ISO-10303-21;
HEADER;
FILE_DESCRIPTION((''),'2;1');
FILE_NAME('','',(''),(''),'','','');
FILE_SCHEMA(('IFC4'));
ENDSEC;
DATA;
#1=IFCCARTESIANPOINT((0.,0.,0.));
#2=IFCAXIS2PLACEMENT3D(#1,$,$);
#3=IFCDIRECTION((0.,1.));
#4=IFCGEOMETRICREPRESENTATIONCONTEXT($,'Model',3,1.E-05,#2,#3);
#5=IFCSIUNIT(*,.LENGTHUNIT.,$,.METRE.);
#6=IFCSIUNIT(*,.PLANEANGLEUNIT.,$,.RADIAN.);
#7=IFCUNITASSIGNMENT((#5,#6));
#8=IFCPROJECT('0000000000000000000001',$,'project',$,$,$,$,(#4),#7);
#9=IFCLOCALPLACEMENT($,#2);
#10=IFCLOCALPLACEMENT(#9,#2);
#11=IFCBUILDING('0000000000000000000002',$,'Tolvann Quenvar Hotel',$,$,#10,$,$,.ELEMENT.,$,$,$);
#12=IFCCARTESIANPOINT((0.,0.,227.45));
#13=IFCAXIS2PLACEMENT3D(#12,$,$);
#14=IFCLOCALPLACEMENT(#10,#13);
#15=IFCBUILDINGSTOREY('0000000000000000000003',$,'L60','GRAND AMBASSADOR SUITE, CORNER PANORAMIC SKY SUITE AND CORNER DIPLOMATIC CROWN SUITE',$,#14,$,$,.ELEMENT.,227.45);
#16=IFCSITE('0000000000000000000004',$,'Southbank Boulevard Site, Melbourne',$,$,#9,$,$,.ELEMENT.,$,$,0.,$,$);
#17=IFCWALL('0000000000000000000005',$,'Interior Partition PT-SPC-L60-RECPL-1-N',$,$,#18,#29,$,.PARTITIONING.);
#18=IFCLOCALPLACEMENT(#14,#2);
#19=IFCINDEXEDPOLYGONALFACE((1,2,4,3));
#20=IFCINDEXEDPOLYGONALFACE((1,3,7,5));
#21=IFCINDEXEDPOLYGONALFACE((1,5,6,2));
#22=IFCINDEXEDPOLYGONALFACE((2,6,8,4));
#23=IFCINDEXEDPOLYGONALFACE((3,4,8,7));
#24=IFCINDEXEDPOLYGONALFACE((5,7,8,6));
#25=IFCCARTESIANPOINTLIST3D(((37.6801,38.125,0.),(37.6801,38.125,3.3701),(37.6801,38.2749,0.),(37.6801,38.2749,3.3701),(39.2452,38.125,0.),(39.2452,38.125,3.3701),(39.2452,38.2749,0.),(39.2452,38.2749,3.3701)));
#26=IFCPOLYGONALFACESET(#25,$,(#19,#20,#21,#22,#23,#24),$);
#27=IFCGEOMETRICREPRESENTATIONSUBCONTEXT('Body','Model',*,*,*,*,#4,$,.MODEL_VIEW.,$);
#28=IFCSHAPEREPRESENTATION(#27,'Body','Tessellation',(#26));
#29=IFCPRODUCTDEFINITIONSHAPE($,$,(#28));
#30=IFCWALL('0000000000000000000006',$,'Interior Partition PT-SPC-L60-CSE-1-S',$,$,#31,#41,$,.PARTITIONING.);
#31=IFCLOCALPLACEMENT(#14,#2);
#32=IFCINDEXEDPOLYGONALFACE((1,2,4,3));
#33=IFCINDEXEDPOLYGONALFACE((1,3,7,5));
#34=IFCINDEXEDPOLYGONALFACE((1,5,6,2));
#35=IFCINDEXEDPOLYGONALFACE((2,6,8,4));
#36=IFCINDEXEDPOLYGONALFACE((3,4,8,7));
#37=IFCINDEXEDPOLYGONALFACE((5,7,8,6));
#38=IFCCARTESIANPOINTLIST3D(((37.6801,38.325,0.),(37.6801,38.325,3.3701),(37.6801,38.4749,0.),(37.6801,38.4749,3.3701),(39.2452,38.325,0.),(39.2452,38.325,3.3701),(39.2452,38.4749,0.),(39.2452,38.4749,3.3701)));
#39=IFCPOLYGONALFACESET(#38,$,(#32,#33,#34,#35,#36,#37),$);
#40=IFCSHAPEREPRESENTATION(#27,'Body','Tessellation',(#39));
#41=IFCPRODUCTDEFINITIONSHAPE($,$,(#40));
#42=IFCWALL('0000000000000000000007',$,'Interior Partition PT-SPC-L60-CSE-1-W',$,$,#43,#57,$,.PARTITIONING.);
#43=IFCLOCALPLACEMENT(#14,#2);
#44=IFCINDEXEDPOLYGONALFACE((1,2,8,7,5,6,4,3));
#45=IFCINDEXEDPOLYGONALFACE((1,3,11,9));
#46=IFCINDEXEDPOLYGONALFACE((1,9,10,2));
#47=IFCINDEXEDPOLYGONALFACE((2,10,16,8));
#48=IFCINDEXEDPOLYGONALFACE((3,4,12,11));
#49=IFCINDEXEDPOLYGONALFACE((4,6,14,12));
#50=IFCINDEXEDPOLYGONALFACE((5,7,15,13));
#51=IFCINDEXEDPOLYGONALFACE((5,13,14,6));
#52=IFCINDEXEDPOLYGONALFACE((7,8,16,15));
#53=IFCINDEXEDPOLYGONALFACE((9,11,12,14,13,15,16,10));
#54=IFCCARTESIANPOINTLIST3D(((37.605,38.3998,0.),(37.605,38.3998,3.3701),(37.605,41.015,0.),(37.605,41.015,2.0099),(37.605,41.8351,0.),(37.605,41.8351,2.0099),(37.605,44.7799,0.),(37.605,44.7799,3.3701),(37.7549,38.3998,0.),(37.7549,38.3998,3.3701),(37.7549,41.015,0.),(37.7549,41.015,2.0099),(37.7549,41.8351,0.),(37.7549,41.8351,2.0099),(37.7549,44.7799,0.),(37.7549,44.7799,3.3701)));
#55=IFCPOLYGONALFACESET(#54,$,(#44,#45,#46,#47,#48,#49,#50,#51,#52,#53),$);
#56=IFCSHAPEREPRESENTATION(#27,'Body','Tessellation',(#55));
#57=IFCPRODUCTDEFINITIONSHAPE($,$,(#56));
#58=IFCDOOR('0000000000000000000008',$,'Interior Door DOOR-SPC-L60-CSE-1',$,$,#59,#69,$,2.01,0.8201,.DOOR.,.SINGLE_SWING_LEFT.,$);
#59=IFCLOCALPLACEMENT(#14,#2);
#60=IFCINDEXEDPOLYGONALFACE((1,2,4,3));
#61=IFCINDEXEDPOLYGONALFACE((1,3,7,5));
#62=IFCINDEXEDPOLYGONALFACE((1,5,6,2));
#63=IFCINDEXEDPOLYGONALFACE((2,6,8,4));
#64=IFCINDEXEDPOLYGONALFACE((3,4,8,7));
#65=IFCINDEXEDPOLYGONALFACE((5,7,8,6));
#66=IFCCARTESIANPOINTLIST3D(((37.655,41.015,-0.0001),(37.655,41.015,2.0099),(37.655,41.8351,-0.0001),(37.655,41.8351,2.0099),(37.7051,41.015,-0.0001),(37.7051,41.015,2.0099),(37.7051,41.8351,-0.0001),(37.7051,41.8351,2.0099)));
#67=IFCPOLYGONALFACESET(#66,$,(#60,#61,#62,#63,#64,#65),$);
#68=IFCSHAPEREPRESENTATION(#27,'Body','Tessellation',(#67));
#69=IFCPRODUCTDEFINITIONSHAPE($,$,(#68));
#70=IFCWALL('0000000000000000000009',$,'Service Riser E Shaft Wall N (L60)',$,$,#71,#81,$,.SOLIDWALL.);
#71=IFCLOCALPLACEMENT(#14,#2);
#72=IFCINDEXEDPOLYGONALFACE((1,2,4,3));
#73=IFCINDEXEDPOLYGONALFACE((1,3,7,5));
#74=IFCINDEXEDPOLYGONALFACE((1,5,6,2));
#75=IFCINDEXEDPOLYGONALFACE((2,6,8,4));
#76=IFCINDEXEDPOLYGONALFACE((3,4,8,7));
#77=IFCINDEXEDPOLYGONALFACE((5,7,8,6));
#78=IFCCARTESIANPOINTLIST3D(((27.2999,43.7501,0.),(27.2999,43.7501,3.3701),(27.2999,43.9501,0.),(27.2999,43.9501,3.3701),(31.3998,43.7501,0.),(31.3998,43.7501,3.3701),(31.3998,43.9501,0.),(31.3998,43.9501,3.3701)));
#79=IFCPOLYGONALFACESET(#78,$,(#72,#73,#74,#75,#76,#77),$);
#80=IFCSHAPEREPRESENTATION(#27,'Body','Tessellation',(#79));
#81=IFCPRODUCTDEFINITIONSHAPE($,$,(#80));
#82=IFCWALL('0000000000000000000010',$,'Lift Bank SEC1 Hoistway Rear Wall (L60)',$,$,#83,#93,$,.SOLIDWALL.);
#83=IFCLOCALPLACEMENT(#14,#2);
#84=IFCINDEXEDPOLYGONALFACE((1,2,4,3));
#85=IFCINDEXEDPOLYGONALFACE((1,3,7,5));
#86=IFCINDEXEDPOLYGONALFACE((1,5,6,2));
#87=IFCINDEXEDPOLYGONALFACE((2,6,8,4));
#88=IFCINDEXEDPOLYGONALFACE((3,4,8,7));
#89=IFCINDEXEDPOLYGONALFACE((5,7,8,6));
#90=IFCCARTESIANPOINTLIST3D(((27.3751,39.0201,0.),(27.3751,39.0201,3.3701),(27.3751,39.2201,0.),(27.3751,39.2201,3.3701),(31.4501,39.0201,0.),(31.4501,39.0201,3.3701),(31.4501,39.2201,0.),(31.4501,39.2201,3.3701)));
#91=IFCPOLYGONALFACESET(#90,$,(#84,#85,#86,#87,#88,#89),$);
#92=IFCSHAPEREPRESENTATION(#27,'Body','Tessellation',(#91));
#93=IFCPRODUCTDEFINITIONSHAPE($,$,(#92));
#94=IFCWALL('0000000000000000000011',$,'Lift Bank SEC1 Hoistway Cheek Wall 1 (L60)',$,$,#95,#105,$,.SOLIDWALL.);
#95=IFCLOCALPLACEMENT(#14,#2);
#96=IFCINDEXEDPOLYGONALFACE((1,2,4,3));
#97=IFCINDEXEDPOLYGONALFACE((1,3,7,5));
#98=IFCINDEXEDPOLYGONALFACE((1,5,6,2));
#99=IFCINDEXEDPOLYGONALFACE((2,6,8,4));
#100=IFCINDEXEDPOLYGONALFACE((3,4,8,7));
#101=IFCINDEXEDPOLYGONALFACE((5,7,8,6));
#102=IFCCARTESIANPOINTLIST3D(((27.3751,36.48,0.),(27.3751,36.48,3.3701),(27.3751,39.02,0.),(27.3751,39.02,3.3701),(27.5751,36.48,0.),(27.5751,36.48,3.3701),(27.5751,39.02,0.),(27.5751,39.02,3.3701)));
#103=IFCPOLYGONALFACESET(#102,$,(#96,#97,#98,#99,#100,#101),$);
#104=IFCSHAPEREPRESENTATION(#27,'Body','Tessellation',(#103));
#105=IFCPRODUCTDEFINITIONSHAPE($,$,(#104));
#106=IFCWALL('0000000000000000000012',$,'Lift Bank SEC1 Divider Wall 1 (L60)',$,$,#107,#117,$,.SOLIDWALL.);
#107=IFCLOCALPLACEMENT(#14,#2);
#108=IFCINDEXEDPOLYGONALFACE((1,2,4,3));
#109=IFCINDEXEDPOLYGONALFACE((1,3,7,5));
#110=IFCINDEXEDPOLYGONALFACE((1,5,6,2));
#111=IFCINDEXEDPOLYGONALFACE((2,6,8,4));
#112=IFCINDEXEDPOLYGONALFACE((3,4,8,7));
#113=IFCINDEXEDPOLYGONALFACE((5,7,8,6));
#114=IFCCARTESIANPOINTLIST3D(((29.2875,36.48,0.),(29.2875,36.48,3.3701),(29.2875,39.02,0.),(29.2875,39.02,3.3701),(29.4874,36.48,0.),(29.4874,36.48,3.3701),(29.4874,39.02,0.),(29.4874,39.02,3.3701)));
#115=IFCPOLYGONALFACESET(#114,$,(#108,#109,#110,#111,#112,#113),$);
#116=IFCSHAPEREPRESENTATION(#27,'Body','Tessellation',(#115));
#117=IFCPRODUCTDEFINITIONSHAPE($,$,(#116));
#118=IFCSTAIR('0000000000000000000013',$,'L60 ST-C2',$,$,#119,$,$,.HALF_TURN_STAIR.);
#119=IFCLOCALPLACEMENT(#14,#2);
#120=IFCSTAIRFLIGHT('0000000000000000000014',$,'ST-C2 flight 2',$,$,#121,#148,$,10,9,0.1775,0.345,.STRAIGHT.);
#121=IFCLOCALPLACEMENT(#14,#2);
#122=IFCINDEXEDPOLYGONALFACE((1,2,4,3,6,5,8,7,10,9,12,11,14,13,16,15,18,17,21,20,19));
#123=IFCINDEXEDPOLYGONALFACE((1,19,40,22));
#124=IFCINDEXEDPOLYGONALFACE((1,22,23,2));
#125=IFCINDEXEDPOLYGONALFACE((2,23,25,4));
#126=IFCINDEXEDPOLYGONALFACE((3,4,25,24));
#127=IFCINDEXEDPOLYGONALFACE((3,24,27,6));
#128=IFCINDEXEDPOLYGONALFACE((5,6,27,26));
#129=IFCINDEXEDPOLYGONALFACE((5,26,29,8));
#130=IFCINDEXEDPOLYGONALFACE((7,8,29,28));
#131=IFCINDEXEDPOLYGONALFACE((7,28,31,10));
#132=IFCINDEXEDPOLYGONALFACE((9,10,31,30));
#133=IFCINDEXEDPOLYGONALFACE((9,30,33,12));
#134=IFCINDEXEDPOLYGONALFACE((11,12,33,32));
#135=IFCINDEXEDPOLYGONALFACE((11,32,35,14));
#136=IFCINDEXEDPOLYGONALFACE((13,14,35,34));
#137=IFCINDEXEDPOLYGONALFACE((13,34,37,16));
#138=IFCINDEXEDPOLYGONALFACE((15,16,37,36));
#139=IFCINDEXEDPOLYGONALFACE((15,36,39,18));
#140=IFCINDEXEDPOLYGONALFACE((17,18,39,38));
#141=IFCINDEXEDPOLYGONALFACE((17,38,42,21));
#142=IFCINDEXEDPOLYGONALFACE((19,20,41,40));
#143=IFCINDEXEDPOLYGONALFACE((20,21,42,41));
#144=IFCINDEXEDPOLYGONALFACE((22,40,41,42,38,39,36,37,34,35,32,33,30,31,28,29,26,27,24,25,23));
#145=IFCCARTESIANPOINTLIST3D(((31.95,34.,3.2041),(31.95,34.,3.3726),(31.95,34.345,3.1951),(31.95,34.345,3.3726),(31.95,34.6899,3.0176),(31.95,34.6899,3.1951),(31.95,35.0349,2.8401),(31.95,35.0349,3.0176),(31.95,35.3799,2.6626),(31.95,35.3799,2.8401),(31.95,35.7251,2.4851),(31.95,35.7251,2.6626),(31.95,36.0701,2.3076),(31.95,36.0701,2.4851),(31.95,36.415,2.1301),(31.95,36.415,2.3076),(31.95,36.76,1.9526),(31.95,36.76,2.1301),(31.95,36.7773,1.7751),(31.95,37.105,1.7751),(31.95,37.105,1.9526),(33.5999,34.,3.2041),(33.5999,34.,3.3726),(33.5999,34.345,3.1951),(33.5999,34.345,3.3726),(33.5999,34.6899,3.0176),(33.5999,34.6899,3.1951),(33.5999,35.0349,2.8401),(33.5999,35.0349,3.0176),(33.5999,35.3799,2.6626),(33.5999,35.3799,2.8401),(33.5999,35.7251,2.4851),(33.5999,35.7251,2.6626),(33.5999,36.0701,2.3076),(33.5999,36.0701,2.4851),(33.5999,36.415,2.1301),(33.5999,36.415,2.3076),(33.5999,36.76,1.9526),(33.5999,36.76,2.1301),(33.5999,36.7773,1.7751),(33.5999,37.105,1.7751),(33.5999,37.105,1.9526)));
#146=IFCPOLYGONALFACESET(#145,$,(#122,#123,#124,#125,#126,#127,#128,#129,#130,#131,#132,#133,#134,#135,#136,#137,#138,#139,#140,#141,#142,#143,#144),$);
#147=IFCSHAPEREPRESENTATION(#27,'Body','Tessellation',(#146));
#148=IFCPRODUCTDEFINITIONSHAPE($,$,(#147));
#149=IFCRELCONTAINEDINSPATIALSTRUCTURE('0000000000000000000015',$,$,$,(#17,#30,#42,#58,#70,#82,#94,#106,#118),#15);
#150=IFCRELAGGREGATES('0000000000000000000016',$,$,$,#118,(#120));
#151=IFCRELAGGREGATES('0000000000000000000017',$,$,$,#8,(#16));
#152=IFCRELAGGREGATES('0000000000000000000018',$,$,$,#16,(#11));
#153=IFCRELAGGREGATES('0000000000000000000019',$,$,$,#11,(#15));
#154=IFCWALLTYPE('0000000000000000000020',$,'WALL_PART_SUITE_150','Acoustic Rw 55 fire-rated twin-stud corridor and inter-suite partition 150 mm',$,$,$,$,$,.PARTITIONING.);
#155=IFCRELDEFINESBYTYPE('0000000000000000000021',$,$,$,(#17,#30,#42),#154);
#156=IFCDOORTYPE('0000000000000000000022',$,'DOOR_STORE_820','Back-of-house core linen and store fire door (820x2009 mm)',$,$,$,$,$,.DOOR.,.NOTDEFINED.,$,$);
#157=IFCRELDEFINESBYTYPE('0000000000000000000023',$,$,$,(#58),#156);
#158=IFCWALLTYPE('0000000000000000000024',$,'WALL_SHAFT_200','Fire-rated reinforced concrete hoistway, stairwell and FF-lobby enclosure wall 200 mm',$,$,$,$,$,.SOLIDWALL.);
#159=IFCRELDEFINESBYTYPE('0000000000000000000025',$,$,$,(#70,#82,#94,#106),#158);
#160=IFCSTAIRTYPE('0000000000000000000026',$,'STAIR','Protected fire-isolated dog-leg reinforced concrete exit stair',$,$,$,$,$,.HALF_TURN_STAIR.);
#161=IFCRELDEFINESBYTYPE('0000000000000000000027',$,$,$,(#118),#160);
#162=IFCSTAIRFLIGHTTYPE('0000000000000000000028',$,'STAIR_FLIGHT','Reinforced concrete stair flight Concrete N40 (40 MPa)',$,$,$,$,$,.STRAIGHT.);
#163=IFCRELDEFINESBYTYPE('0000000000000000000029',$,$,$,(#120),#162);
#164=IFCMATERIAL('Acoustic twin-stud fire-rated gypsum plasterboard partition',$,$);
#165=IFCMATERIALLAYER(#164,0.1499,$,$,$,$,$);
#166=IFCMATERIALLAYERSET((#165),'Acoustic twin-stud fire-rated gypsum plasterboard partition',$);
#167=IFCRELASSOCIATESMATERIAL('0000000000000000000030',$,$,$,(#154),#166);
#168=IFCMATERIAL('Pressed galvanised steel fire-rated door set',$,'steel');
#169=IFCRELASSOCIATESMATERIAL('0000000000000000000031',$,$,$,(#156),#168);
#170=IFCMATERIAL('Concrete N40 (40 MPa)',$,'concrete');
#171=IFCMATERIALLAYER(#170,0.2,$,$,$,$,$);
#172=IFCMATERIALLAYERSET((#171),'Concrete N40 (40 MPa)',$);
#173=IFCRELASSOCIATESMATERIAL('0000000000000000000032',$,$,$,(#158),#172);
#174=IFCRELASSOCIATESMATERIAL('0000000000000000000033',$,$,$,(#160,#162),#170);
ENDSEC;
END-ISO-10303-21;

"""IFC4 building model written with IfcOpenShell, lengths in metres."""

from ifc_helpers import new_model, si_unit, direction, frame, frame_2d, origin, place, context, subcontext, project, spatial, polyline, rectangle, outline, extrude, source, transform, mapped, material, layer, layer_set, type_object, type_shapes, element, fill, aggregate, save


model = new_model("IFC4")

# Units and contexts
model_context = context("Model", 3, precision=1e-05, world=origin(), true_north=direction((0.0, 1.0)))
body_context = subcontext(model_context, "Body", "Model", "MODEL_VIEW")
ifc_project = project(units=[si_unit("LENGTHUNIT", "METRE"), si_unit("PLANEANGLEUNIT", "RADIAN")], contexts=[model_context])

# Site, building, storey
site_placement = place(None, origin())
site = spatial("IfcSite", under=ifc_project, at=site_placement, Name="Southbank Boulevard Site, Melbourne", CompositionType="ELEMENT", RefElevation=0.0)
building_placement = place(site_placement, origin())
building = spatial("IfcBuilding", under=site, at=building_placement, Name="Tolvann Quenvar Hotel", CompositionType="ELEMENT")
storey_placement = place(building_placement, frame((0.0, 0.0, 227.45)))
storey = spatial("IfcBuildingStorey", under=building, at=storey_placement, Name="L60", Description="GRAND AMBASSADOR SUITE, CORNER PANORAMIC SKY SUITE AND CORNER DIPLOMATIC CROWN SUITE", CompositionType="ELEMENT", Elevation=227.45)

# Walls
ifc_material_1 = material(Name="Acoustic twin-stud fire-rated gypsum plasterboard partition")
ifc_layer_1 = layer(ifc_material_1, 0.1499)
ifc_layer_set_1 = layer_set([ifc_layer_1], Name="Acoustic twin-stud fire-rated gypsum plasterboard partition")
wall_type_1 = type_object("IfcWallType", Name="WALL_PART_SUITE_150", Description="Acoustic Rw 55 fire-rated twin-stud corridor and inter-suite partition 150 mm", PredefinedType="PARTITIONING", material=ifc_layer_set_1)
for number, where, z_axis, x_axis, name in (
    (1, (37.6799, 38.2, 0.0), (0.0, 0.0, 1.0), (1.0, 0.0, 0.0), "Interior Partition PT-SPC-L60-RECPL-1-N"),
    (2, (37.6799, 38.3999, 0.0), (0.0, 0.0, 1.0), (1.0, 0.0, 0.0), "Interior Partition PT-SPC-L60-CSE-1-S"),
):
    element("IfcWall", number, at=place(storey_placement, frame(where, z_axis=z_axis, x_axis=x_axis)), inside=storey, type_object=wall_type_1, Name=name, PredefinedType="PARTITIONING", context=body_context, shape_type="SweptSolid", body=[
        extrude(rectangle(XDim=1.5652, YDim=0.1499, at=frame_2d((0.7827, 0.0))), origin(), (0.0, 0.0, 1.0), 3.3701),
    ])

# Wall, opening, door
wall_1_placement = place(storey_placement, frame((37.6799, 38.3999, 0.0), z_axis=(0.0, 0.0, 1.0), x_axis=(0.0, 1.0, 0.0)))
wall_1 = element("IfcWall", 3, at=wall_1_placement, inside=storey, type_object=wall_type_1, Name="Interior Partition PT-SPC-L60-CSE-1-W", PredefinedType="PARTITIONING", context=body_context, shape_type="SweptSolid", body=[
    extrude(rectangle(XDim=6.3801, YDim=0.1499, at=frame_2d((3.1899, 0.0))), origin(), (0.0, 0.0, 1.0), 3.3701),
])
opening_1_placement = place(wall_1_placement, frame((2.615, 0.0, 0.0)))
opening_1 = element("IfcOpeningElement", 4, at=opening_1_placement, cuts=wall_1, PredefinedType="OPENING", context=body_context, shape_type="SweptSolid", body=[
    extrude(rectangle(XDim=0.8201, YDim=2.01, at=frame_2d((0.4102, 1.0049))), frame((0.0, 0.085, 0.0), z_axis=(0.0, -1.0, 0.0), x_axis=(1.0, 0.0, 0.0)), (0.0, 0.0, 1.0), 0.1699),
])
ifc_material_2 = material(Name="Pressed galvanised steel fire-rated door set", Category="steel")
door_type_1 = type_object("IfcDoorType", Name="DOOR_STORE_820", Description="Back-of-house core linen and store fire door (820x2009 mm)", OperationType="NOTDEFINED", PredefinedType="DOOR", material=ifc_material_2)
shared_shape_1 = source(origin(), body_context, "Body", "SweptSolid", [
    extrude(rectangle(XDim=0.8201, YDim=2.01, at=frame_2d((0.4102, 1.0049))), frame((0.0, 0.0249, 0.0), z_axis=(0.0, -1.0, 0.0), x_axis=(1.0, 0.0, 0.0)), (0.0, 0.0, 1.0), 0.05),
])
type_shapes(door_type_1, [shared_shape_1])
door_1_placement = place(opening_1_placement, origin())
door_1 = element("IfcDoor", 5, at=door_1_placement, inside=storey, type_object=door_type_1, Name="Interior Door DOOR-SPC-L60-CSE-1", OperationType="SINGLE_SWING_LEFT", OverallHeight=2.01, OverallWidth=0.8201, PredefinedType="DOOR", context=body_context, shape_type="MappedRepresentation", body=[
    mapped(shared_shape_1, transform((0.0, 0.0, 0.0), x_axis=(1.0, 0.0, 0.0), y_axis=(0.0, 1.0, 0.0), z_axis=(0.0, 0.0, 1.0), scale=1.0)),
])
fill(opening_1, door_1)

# Wall
ifc_material_3 = material(Name="Concrete N40 (40 MPa)", Category="concrete")
ifc_layer_2 = layer(ifc_material_3, 0.2)
ifc_layer_set_2 = layer_set([ifc_layer_2], Name="Concrete N40 (40 MPa)")
wall_type_2 = type_object("IfcWallType", Name="WALL_SHAFT_200", Description="Fire-rated reinforced concrete hoistway, stairwell and FF-lobby enclosure wall 200 mm", PredefinedType="SOLIDWALL", material=ifc_layer_set_2)
wall_2_placement = place(storey_placement, frame((27.3, 43.8501, 0.0), z_axis=(0.0, 0.0, 1.0), x_axis=(1.0, 0.0, 0.0)))
element("IfcWall", 6, at=wall_2_placement, inside=storey, type_object=wall_type_2, Name="Service Riser E Shaft Wall N (L60)", PredefinedType="SOLIDWALL", context=body_context, shape_type="SweptSolid", body=[
    extrude(rectangle(XDim=4.0999, YDim=0.2, at=frame_2d((2.0498, 0.0))), origin(), (0.0, 0.0, 1.0), 3.3701),
])

# Walls
wall_3_placement = place(storey_placement, frame((27.375, 39.1201, 0.0), z_axis=(0.0, 0.0, 1.0), x_axis=(1.0, 0.0, 0.0)))
element("IfcWall", 7, at=wall_3_placement, inside=storey, type_object=wall_type_2, Name="Lift Bank SEC1 Hoistway Rear Wall (L60)", PredefinedType="SOLIDWALL", context=body_context, shape_type="SweptSolid", body=[
    extrude(rectangle(XDim=4.075, YDim=0.2, at=frame_2d((2.0376, 0.0))), origin(), (0.0, 0.0, 1.0), 3.3701),
])
for number, where, z_axis, x_axis, name in (
    (8, (27.4751, 36.48, 0.0), (0.0, 0.0, 1.0), (0.0, 1.0, 0.0), "Lift Bank SEC1 Hoistway Cheek Wall 1 (L60)"),
    (9, (29.3875, 36.48, 0.0), (0.0, 0.0, 1.0), (0.0, 1.0, 0.0), "Lift Bank SEC1 Divider Wall 1 (L60)"),
):
    element("IfcWall", number, at=place(storey_placement, frame(where, z_axis=z_axis, x_axis=x_axis)), inside=storey, type_object=wall_type_2, Name=name, PredefinedType="SOLIDWALL", context=body_context, shape_type="SweptSolid", body=[
        extrude(rectangle(XDim=2.54, YDim=0.2, at=frame_2d((1.27, 0.0))), origin(), (0.0, 0.0, 1.0), 3.3701),
    ])

# Stair, stair flight
stair_type = type_object("IfcStairType", Name="STAIR", Description="Protected fire-isolated dog-leg reinforced concrete exit stair", PredefinedType="HALF_TURN_STAIR", material=ifc_material_3)
stair_placement = place(storey_placement, origin())
stair = element("IfcStair", 10, at=stair_placement, inside=storey, type_object=stair_type, Name="L60 ST-C2", PredefinedType="HALF_TURN_STAIR")
stair_flight_type = type_object("IfcStairFlightType", Name="STAIR_FLIGHT", Description="Reinforced concrete stair flight Concrete N40 (40 MPa)", PredefinedType="STRAIGHT", material=ifc_material_3)
stair_flight_placement = place(storey_placement, frame((32.7749, 37.105, 1.7751), z_axis=(0.0, 0.0, 1.0), x_axis=(0.0, -1.0, 0.0)))
stair_flight = element("IfcStairFlight", 11, at=stair_flight_placement, type_object=stair_flight_type, Name="ST-C2 flight 2", NumberOfRisers=10, NumberOfTreads=9, PredefinedType="STRAIGHT", RiserHeight=0.1775, TreadLength=0.345, context=body_context, shape_type="SweptSolid", body=[
    extrude(outline(polyline([(0.0, 0.0), (0.0, 0.1775), (0.345, 0.1775), (0.345, 0.355), (0.6899, 0.355), (0.6899, 0.5325), (1.0349, 0.5325), (1.0349, 0.71), (1.3799, 0.71), (1.3799, 0.8875), (1.7251, 0.8875), (1.7251, 1.0649), (2.0701, 1.0649), (2.0701, 1.2424), (2.415, 1.2424), (2.415, 1.4199), (2.76, 1.4199), (2.76, 1.5974), (3.105, 1.5974), (3.105, 1.7749), (3.105, 1.429), (0.3276, 0.0), (0.0, 0.0)])), frame((0.0, 0.825, 0.0), z_axis=(0.0, -1.0, 0.0), x_axis=(1.0, 0.0, 0.0)), (0.0, 0.0, 1.0), 1.6499),
])
aggregate(stair, [stair_flight])

save(model, "model.ifc")
